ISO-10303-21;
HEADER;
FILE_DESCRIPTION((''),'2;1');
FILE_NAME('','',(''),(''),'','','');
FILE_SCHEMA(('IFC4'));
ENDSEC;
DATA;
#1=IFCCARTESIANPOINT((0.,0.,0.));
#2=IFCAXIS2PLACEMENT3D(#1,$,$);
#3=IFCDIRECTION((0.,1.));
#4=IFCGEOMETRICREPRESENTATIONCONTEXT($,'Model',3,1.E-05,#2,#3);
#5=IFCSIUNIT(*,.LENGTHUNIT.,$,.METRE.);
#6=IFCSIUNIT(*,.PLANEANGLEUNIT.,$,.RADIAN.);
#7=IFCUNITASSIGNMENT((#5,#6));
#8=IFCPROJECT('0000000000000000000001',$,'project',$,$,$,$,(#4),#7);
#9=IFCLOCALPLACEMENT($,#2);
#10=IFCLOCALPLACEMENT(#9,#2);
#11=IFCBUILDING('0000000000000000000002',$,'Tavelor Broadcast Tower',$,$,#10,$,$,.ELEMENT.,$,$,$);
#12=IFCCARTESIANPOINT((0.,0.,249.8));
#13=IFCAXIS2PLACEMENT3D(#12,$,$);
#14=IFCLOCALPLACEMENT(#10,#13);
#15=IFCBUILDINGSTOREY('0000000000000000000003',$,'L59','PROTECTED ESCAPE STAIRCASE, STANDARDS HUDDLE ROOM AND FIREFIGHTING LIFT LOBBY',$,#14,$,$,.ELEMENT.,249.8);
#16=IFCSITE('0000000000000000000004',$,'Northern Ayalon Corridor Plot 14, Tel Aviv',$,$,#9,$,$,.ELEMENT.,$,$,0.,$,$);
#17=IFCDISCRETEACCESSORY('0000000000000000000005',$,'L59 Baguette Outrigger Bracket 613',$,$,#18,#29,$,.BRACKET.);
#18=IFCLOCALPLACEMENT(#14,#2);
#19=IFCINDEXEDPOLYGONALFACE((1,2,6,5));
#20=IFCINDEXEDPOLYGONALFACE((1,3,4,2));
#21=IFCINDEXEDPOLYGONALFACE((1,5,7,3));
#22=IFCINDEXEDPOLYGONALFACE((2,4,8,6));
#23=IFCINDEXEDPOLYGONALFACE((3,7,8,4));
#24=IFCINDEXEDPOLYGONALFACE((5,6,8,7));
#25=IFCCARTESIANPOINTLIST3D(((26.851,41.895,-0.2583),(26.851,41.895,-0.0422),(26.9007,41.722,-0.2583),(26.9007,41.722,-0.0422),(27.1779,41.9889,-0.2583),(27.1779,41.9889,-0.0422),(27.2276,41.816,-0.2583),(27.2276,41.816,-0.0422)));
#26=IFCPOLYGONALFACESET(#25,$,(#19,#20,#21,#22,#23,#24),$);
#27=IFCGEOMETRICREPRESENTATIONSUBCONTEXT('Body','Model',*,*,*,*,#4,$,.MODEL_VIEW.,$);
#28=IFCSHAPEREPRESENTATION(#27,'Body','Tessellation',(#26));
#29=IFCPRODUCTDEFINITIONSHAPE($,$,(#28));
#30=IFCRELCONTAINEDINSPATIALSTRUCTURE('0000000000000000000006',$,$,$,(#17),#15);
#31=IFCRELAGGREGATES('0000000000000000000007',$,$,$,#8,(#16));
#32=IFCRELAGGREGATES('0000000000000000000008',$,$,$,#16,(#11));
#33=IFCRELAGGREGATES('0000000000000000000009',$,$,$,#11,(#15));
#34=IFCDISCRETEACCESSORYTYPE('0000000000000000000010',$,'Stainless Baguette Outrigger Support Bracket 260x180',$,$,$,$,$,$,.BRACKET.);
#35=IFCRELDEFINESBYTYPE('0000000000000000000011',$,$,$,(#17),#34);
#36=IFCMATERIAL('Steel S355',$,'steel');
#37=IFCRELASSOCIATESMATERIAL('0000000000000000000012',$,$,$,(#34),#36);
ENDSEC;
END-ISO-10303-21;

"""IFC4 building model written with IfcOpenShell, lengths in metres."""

from ifc_helpers import new_model, si_unit, direction, frame, origin, origin_2d, place, context, subcontext, project, spatial, rectangle, extrude, source, transform, mapped, material, type_object, type_shapes, element, save


model = new_model("IFC4")

# Units and contexts
model_context = context("Model", 3, precision=1e-05, world=origin(), true_north=direction((0.0, 1.0)))
body_context = subcontext(model_context, "Body", "Model", "MODEL_VIEW")
ifc_project = project(units=[si_unit("LENGTHUNIT", "METRE"), si_unit("PLANEANGLEUNIT", "RADIAN")], contexts=[model_context])

# Site, building, storey
site_placement = place(None, origin())
site = spatial("IfcSite", under=ifc_project, at=site_placement, Name="Northern Ayalon Corridor Plot 14, Tel Aviv", CompositionType="ELEMENT", RefElevation=0.0)
building_placement = place(site_placement, origin())
building = spatial("IfcBuilding", under=site, at=building_placement, Name="Tavelor Broadcast Tower", CompositionType="ELEMENT")
storey_placement = place(building_placement, frame((0.0, 0.0, 249.8)))
storey = spatial("IfcBuildingStorey", under=building, at=storey_placement, Name="L59", Description="PROTECTED ESCAPE STAIRCASE, STANDARDS HUDDLE ROOM AND FIREFIGHTING LIFT LOBBY", CompositionType="ELEMENT", Elevation=249.8)

# Shared definitions
ifc_material_1 = material(Name="Steel S355", Category="steel")

# Discrete accessory
discrete_accessory_type = type_object("IfcDiscreteAccessoryType", Name="Stainless Baguette Outrigger Support Bracket 260x180", PredefinedType="BRACKET", material=ifc_material_1)
shared_shape_1 = source(origin(), body_context, "Body", "SweptSolid", [
    extrude(rectangle(XDim=0.1799, YDim=0.3401, at=origin_2d()), origin(), (0.0, 0.0, 1.0), 0.2161),
])
type_shapes(discrete_accessory_type, [shared_shape_1])
discrete_accessory_placement = place(storey_placement, frame((27.0393, 41.8555, -0.2583), z_axis=(0.0, 0.0, 1.0), x_axis=(0.276141, -0.961117, 0.0)))
element("IfcDiscreteAccessory", 1, at=discrete_accessory_placement, inside=storey, type_object=discrete_accessory_type, Name="L59 Baguette Outrigger Bracket 613", PredefinedType="BRACKET", context=body_context, shape_type="MappedRepresentation", body=[
    mapped(shared_shape_1, transform((0.0, 0.0, 0.0), scale=1.0)),
])

save(model, "model.ifc")
